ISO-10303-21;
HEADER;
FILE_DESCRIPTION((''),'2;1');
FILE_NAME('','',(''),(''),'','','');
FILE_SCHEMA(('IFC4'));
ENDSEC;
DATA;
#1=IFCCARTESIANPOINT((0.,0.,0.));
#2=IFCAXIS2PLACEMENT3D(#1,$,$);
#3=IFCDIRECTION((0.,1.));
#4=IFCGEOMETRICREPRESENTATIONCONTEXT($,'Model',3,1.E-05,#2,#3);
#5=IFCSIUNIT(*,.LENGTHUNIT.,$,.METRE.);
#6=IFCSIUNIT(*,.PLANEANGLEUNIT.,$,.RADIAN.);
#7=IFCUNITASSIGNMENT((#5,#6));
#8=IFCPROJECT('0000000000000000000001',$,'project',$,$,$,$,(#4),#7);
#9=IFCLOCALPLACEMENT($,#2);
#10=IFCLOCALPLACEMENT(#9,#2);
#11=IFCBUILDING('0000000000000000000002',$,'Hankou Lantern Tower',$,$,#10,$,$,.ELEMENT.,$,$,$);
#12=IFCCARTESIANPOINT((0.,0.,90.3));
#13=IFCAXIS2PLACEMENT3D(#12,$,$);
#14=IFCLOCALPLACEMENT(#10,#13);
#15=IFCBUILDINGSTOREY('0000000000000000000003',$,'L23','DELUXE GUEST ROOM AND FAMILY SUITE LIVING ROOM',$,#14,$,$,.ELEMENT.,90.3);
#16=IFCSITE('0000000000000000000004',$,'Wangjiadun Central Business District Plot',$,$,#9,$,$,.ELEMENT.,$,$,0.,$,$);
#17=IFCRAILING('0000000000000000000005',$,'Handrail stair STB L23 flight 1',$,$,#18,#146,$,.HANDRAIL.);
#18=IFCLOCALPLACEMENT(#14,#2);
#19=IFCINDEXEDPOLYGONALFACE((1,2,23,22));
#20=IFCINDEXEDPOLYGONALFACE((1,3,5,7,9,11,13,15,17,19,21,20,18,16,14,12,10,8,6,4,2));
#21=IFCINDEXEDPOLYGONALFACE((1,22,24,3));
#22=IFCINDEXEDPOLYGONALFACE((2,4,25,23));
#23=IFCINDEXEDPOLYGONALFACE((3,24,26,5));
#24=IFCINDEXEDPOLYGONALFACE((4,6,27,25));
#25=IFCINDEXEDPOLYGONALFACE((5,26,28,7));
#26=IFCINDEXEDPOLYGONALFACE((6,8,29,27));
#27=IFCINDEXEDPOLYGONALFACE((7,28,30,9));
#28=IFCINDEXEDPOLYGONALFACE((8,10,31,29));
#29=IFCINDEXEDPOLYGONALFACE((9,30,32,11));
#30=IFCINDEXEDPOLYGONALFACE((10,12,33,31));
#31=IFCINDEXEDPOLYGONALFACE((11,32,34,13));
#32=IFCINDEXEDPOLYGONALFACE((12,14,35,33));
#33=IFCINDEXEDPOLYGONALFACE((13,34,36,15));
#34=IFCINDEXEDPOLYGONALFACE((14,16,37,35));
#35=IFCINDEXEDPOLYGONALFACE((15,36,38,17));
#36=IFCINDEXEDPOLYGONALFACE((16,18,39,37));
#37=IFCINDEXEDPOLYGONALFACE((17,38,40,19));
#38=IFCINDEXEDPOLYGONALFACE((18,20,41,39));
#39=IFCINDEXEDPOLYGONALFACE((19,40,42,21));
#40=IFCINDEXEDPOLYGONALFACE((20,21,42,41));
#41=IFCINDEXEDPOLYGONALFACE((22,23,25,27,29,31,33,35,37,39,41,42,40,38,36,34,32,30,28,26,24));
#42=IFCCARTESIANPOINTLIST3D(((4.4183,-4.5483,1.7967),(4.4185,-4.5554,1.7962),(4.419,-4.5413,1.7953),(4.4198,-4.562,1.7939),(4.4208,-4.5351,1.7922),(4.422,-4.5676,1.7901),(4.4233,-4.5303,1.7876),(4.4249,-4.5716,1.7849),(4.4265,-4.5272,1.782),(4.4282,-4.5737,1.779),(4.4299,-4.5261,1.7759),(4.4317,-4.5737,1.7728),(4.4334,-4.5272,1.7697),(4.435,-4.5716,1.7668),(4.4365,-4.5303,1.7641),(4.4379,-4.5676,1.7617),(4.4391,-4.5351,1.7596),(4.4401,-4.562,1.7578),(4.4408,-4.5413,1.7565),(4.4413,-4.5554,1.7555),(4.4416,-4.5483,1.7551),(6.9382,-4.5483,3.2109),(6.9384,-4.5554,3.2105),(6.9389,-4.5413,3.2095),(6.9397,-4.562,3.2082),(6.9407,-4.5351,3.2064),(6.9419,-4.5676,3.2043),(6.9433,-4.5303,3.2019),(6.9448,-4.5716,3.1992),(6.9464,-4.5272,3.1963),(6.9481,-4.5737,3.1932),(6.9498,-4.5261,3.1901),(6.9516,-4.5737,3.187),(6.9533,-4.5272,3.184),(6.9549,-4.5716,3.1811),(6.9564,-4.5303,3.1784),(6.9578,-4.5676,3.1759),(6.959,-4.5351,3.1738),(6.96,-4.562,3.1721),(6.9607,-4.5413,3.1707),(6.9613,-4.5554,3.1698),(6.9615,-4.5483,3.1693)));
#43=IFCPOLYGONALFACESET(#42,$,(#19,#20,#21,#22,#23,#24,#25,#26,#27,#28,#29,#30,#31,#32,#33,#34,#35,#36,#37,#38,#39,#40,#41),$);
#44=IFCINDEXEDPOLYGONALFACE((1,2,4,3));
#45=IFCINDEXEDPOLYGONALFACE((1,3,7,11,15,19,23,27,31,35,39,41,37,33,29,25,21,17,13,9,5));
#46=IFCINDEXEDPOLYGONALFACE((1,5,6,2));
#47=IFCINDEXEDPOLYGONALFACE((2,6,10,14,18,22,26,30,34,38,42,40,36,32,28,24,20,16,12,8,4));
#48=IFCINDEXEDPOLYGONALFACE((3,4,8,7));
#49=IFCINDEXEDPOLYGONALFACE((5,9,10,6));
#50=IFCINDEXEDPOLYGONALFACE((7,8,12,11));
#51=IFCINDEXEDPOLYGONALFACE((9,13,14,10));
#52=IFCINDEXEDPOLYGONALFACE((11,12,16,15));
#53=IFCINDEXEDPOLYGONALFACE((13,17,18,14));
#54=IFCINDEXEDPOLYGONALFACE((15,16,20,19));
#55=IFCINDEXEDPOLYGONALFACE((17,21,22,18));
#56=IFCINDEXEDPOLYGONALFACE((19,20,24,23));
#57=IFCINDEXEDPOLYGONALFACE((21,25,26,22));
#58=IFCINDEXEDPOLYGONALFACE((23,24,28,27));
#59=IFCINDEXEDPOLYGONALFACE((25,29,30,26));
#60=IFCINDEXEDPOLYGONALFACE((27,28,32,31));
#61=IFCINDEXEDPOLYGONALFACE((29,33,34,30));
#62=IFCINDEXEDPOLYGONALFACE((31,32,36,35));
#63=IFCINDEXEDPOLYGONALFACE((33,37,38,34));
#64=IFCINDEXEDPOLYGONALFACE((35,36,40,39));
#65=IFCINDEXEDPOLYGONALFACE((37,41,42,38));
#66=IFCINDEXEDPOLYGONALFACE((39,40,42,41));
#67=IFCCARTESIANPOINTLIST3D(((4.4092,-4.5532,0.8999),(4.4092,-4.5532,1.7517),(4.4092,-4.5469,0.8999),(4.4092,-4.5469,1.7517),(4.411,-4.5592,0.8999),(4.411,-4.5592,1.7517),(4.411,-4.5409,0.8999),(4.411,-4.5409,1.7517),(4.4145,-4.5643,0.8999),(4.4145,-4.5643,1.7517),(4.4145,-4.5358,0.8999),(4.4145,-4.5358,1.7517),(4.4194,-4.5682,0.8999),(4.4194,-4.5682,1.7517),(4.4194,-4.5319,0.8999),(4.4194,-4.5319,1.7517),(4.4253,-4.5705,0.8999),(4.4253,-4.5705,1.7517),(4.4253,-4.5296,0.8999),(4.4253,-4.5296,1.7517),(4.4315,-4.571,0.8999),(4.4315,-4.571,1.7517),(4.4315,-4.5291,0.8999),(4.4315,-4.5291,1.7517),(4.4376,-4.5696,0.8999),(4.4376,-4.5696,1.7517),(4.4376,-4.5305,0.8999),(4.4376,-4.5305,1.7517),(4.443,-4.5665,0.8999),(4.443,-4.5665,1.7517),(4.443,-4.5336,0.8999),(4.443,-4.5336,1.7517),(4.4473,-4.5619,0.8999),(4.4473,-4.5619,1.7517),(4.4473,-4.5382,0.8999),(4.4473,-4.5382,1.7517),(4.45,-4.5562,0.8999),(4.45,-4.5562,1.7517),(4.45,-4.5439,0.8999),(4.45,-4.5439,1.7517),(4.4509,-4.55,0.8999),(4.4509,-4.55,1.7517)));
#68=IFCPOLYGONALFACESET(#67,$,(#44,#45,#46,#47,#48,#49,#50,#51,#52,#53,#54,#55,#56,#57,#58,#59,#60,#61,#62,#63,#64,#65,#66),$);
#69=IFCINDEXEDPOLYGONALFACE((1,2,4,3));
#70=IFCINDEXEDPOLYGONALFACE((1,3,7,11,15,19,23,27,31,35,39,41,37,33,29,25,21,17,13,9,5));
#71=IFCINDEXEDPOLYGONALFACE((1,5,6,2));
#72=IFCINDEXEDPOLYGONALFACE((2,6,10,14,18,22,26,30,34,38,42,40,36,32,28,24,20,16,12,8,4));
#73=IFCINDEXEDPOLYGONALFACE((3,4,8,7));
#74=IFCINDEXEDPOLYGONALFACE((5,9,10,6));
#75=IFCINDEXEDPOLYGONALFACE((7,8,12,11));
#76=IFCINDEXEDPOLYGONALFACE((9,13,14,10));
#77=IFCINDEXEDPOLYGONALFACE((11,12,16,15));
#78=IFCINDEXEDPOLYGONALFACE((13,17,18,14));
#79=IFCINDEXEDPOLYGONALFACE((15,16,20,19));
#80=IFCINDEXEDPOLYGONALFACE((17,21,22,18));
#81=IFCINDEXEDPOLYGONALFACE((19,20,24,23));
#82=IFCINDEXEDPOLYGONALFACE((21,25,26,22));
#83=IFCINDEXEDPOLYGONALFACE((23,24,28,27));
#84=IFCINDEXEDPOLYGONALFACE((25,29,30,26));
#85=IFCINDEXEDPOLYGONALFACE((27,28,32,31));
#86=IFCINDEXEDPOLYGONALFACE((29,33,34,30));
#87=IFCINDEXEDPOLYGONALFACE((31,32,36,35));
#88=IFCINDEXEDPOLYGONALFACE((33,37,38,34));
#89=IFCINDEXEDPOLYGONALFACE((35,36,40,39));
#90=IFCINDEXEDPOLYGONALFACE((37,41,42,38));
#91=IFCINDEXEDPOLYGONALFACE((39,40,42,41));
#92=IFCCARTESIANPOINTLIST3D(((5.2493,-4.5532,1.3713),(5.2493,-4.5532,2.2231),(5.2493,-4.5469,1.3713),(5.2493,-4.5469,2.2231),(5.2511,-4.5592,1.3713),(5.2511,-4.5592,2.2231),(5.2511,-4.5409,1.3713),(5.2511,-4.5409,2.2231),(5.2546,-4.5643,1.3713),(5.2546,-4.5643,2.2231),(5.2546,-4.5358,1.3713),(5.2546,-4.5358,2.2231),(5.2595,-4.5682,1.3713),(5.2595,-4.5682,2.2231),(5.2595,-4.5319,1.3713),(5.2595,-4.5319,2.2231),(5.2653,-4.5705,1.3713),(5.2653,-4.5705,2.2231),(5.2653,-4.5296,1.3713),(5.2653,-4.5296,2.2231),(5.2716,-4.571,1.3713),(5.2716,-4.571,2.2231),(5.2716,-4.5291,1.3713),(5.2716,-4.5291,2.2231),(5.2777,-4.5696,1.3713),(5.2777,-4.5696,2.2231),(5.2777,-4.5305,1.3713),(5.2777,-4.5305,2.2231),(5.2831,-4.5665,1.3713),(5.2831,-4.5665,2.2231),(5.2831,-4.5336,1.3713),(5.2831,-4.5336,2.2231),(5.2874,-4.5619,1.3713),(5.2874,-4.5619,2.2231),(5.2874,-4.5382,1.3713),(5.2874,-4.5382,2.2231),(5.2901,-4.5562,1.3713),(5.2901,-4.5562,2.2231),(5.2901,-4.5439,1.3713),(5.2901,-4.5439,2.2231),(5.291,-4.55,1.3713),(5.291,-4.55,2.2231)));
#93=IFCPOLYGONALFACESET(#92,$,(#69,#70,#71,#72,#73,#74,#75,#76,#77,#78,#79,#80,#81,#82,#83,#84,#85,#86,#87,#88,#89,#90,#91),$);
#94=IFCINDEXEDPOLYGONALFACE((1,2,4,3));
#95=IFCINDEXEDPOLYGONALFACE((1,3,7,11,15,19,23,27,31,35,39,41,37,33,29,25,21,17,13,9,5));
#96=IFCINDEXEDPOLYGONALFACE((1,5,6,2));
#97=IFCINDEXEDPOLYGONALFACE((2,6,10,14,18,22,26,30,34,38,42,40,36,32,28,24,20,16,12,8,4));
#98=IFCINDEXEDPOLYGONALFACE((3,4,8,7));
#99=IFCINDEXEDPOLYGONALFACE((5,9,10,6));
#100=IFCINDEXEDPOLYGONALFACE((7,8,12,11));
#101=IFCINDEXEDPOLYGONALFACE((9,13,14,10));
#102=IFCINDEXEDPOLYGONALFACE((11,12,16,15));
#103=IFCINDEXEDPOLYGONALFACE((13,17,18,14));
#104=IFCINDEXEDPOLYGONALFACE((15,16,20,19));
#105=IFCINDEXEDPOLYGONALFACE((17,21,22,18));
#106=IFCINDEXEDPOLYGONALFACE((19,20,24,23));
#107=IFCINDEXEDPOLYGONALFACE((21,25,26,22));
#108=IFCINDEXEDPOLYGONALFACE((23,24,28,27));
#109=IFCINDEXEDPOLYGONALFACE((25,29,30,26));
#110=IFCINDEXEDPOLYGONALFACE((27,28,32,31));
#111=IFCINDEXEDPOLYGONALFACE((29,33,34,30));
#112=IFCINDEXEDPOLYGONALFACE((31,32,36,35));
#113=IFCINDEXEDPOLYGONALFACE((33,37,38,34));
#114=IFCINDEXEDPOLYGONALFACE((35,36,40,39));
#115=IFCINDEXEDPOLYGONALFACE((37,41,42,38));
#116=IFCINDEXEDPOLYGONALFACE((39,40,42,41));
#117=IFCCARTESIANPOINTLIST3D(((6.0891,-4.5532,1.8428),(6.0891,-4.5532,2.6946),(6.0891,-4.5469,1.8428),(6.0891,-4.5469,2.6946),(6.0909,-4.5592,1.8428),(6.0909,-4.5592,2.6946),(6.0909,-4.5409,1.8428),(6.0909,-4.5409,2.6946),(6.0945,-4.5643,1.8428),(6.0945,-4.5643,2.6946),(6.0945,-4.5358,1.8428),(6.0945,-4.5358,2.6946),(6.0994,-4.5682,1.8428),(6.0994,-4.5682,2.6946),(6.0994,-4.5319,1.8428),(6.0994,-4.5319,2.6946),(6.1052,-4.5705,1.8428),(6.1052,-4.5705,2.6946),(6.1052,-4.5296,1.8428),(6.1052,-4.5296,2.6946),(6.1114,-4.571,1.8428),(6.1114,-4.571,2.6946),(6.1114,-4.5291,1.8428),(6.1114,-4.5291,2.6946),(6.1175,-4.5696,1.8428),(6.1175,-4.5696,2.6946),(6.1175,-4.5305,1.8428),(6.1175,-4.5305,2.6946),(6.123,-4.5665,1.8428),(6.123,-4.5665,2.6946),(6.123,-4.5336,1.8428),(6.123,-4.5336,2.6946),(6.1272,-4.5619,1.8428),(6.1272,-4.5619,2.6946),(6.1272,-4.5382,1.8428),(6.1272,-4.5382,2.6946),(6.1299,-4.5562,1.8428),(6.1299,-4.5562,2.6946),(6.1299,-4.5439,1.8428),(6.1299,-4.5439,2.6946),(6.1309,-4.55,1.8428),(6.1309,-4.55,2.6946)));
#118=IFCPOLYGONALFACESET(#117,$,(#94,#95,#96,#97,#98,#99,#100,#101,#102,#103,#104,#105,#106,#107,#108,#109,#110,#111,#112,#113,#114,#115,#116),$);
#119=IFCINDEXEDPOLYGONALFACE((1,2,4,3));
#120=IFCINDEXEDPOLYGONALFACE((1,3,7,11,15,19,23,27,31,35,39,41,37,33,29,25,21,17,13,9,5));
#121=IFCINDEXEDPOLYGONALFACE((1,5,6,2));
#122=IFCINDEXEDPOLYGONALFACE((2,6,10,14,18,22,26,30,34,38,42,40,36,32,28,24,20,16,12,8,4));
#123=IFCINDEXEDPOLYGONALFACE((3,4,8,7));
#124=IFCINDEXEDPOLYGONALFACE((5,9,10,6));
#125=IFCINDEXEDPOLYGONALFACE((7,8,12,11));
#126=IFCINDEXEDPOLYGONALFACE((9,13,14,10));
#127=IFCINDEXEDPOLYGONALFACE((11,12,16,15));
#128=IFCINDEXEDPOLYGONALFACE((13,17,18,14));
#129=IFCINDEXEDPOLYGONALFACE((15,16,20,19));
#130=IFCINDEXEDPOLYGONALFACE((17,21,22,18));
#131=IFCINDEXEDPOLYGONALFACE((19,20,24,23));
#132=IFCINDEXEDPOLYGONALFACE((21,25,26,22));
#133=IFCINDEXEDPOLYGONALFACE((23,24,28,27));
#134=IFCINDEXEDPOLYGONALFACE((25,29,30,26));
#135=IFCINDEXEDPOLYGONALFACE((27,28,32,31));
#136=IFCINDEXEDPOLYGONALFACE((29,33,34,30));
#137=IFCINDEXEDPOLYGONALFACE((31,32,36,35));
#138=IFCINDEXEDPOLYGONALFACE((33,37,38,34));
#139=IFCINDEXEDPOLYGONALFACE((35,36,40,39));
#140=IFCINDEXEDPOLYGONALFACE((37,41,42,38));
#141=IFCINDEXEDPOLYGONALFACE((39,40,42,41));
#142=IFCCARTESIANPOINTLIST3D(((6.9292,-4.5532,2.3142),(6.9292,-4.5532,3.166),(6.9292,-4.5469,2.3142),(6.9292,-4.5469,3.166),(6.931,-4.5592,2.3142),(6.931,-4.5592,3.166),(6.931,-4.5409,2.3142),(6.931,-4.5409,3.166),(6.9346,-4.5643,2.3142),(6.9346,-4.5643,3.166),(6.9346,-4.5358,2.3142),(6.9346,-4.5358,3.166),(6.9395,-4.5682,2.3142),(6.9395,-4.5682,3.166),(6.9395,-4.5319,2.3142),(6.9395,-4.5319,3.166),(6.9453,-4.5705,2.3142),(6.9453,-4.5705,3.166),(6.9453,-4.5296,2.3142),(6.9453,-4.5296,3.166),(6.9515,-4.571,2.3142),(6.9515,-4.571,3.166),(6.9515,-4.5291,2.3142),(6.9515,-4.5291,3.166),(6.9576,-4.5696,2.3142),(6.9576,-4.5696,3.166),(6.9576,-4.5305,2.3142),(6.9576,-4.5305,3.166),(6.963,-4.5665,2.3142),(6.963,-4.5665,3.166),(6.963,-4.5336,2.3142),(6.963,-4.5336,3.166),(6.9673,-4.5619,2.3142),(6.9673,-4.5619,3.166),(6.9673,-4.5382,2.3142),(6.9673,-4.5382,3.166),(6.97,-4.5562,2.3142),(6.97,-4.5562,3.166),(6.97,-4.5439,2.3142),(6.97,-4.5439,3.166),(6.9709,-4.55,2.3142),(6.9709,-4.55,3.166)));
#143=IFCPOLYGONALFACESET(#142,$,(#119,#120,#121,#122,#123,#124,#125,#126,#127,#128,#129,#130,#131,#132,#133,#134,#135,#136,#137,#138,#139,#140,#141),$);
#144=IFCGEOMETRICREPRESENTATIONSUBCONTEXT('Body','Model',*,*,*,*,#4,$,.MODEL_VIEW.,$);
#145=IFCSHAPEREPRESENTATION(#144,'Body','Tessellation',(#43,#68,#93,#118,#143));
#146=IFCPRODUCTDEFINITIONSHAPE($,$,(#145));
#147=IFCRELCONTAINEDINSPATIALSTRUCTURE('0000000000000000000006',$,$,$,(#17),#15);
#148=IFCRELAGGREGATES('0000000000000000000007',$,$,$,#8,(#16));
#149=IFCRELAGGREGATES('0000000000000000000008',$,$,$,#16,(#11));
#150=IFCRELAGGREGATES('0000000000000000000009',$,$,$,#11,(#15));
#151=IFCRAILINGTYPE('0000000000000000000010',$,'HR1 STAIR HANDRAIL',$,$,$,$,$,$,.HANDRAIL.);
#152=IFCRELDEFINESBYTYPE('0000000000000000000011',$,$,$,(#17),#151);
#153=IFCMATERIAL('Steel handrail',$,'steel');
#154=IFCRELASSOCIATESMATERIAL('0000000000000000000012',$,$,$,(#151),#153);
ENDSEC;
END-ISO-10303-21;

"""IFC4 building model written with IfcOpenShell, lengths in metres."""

from ifc_helpers import new_model, si_unit, direction, frame, origin, origin_2d, place, context, subcontext, project, spatial, circle, extrude, material, type_object, element, save


model = new_model("IFC4")

# Units and contexts
model_context = context("Model", 3, precision=1e-05, world=origin(), true_north=direction((0.0, 1.0)))
body_context = subcontext(model_context, "Body", "Model", "MODEL_VIEW")
ifc_project = project(units=[si_unit("LENGTHUNIT", "METRE"), si_unit("PLANEANGLEUNIT", "RADIAN")], contexts=[model_context])

# Site, building, storey
site_placement = place(None, origin())
site = spatial("IfcSite", under=ifc_project, at=site_placement, Name="Wangjiadun Central Business District Plot", CompositionType="ELEMENT", RefElevation=0.0)
building_placement = place(site_placement, origin())
building = spatial("IfcBuilding", under=site, at=building_placement, Name="Hankou Lantern Tower", CompositionType="ELEMENT")
storey_placement = place(building_placement, frame((0.0, 0.0, 90.3)))
storey = spatial("IfcBuildingStorey", under=building, at=storey_placement, Name="L23", Description="DELUXE GUEST ROOM AND FAMILY SUITE LIVING ROOM", CompositionType="ELEMENT", Elevation=90.3)

# Railing
ifc_material_1 = material(Name="Steel handrail", Category="steel")
railing_type = type_object("IfcRailingType", Name="HR1 STAIR HANDRAIL", PredefinedType="HANDRAIL", material=ifc_material_1)
railing_1_placement = place(storey_placement, frame((4.4299, -4.55, 0.8999)))
element("IfcRailing", 1, at=railing_1_placement, inside=storey, type_object=railing_type, Name="Handrail stair STB L23 flight 1", PredefinedType="HANDRAIL", context=body_context, shape_type="SweptSolid", body=[
    extrude(circle(Radius=0.0239, at=origin_2d()), frame((0.0, 0.0, 0.876), z_axis=(0.872049, 0.0, 0.489419), x_axis=(0.0, 1.0, 0.0)), (0.0, 0.0, 1.0), 2.8896),
    extrude(circle(Radius=0.021, at=origin_2d()), origin(), (0.0, 0.0, 1.0), 0.8518),
    extrude(circle(Radius=0.021, at=origin_2d()), frame((0.8401, 0.0, 0.4714)), (0.0, 0.0, 1.0), 0.8518),
    extrude(circle(Radius=0.021, at=origin_2d()), frame((1.6799, 0.0, 0.9429)), (0.0, 0.0, 1.0), 0.8518),
    extrude(circle(Radius=0.021, at=origin_2d()), frame((2.52, 0.0, 1.4143)), (0.0, 0.0, 1.0), 0.8518),
])

save(model, "model.ifc")
